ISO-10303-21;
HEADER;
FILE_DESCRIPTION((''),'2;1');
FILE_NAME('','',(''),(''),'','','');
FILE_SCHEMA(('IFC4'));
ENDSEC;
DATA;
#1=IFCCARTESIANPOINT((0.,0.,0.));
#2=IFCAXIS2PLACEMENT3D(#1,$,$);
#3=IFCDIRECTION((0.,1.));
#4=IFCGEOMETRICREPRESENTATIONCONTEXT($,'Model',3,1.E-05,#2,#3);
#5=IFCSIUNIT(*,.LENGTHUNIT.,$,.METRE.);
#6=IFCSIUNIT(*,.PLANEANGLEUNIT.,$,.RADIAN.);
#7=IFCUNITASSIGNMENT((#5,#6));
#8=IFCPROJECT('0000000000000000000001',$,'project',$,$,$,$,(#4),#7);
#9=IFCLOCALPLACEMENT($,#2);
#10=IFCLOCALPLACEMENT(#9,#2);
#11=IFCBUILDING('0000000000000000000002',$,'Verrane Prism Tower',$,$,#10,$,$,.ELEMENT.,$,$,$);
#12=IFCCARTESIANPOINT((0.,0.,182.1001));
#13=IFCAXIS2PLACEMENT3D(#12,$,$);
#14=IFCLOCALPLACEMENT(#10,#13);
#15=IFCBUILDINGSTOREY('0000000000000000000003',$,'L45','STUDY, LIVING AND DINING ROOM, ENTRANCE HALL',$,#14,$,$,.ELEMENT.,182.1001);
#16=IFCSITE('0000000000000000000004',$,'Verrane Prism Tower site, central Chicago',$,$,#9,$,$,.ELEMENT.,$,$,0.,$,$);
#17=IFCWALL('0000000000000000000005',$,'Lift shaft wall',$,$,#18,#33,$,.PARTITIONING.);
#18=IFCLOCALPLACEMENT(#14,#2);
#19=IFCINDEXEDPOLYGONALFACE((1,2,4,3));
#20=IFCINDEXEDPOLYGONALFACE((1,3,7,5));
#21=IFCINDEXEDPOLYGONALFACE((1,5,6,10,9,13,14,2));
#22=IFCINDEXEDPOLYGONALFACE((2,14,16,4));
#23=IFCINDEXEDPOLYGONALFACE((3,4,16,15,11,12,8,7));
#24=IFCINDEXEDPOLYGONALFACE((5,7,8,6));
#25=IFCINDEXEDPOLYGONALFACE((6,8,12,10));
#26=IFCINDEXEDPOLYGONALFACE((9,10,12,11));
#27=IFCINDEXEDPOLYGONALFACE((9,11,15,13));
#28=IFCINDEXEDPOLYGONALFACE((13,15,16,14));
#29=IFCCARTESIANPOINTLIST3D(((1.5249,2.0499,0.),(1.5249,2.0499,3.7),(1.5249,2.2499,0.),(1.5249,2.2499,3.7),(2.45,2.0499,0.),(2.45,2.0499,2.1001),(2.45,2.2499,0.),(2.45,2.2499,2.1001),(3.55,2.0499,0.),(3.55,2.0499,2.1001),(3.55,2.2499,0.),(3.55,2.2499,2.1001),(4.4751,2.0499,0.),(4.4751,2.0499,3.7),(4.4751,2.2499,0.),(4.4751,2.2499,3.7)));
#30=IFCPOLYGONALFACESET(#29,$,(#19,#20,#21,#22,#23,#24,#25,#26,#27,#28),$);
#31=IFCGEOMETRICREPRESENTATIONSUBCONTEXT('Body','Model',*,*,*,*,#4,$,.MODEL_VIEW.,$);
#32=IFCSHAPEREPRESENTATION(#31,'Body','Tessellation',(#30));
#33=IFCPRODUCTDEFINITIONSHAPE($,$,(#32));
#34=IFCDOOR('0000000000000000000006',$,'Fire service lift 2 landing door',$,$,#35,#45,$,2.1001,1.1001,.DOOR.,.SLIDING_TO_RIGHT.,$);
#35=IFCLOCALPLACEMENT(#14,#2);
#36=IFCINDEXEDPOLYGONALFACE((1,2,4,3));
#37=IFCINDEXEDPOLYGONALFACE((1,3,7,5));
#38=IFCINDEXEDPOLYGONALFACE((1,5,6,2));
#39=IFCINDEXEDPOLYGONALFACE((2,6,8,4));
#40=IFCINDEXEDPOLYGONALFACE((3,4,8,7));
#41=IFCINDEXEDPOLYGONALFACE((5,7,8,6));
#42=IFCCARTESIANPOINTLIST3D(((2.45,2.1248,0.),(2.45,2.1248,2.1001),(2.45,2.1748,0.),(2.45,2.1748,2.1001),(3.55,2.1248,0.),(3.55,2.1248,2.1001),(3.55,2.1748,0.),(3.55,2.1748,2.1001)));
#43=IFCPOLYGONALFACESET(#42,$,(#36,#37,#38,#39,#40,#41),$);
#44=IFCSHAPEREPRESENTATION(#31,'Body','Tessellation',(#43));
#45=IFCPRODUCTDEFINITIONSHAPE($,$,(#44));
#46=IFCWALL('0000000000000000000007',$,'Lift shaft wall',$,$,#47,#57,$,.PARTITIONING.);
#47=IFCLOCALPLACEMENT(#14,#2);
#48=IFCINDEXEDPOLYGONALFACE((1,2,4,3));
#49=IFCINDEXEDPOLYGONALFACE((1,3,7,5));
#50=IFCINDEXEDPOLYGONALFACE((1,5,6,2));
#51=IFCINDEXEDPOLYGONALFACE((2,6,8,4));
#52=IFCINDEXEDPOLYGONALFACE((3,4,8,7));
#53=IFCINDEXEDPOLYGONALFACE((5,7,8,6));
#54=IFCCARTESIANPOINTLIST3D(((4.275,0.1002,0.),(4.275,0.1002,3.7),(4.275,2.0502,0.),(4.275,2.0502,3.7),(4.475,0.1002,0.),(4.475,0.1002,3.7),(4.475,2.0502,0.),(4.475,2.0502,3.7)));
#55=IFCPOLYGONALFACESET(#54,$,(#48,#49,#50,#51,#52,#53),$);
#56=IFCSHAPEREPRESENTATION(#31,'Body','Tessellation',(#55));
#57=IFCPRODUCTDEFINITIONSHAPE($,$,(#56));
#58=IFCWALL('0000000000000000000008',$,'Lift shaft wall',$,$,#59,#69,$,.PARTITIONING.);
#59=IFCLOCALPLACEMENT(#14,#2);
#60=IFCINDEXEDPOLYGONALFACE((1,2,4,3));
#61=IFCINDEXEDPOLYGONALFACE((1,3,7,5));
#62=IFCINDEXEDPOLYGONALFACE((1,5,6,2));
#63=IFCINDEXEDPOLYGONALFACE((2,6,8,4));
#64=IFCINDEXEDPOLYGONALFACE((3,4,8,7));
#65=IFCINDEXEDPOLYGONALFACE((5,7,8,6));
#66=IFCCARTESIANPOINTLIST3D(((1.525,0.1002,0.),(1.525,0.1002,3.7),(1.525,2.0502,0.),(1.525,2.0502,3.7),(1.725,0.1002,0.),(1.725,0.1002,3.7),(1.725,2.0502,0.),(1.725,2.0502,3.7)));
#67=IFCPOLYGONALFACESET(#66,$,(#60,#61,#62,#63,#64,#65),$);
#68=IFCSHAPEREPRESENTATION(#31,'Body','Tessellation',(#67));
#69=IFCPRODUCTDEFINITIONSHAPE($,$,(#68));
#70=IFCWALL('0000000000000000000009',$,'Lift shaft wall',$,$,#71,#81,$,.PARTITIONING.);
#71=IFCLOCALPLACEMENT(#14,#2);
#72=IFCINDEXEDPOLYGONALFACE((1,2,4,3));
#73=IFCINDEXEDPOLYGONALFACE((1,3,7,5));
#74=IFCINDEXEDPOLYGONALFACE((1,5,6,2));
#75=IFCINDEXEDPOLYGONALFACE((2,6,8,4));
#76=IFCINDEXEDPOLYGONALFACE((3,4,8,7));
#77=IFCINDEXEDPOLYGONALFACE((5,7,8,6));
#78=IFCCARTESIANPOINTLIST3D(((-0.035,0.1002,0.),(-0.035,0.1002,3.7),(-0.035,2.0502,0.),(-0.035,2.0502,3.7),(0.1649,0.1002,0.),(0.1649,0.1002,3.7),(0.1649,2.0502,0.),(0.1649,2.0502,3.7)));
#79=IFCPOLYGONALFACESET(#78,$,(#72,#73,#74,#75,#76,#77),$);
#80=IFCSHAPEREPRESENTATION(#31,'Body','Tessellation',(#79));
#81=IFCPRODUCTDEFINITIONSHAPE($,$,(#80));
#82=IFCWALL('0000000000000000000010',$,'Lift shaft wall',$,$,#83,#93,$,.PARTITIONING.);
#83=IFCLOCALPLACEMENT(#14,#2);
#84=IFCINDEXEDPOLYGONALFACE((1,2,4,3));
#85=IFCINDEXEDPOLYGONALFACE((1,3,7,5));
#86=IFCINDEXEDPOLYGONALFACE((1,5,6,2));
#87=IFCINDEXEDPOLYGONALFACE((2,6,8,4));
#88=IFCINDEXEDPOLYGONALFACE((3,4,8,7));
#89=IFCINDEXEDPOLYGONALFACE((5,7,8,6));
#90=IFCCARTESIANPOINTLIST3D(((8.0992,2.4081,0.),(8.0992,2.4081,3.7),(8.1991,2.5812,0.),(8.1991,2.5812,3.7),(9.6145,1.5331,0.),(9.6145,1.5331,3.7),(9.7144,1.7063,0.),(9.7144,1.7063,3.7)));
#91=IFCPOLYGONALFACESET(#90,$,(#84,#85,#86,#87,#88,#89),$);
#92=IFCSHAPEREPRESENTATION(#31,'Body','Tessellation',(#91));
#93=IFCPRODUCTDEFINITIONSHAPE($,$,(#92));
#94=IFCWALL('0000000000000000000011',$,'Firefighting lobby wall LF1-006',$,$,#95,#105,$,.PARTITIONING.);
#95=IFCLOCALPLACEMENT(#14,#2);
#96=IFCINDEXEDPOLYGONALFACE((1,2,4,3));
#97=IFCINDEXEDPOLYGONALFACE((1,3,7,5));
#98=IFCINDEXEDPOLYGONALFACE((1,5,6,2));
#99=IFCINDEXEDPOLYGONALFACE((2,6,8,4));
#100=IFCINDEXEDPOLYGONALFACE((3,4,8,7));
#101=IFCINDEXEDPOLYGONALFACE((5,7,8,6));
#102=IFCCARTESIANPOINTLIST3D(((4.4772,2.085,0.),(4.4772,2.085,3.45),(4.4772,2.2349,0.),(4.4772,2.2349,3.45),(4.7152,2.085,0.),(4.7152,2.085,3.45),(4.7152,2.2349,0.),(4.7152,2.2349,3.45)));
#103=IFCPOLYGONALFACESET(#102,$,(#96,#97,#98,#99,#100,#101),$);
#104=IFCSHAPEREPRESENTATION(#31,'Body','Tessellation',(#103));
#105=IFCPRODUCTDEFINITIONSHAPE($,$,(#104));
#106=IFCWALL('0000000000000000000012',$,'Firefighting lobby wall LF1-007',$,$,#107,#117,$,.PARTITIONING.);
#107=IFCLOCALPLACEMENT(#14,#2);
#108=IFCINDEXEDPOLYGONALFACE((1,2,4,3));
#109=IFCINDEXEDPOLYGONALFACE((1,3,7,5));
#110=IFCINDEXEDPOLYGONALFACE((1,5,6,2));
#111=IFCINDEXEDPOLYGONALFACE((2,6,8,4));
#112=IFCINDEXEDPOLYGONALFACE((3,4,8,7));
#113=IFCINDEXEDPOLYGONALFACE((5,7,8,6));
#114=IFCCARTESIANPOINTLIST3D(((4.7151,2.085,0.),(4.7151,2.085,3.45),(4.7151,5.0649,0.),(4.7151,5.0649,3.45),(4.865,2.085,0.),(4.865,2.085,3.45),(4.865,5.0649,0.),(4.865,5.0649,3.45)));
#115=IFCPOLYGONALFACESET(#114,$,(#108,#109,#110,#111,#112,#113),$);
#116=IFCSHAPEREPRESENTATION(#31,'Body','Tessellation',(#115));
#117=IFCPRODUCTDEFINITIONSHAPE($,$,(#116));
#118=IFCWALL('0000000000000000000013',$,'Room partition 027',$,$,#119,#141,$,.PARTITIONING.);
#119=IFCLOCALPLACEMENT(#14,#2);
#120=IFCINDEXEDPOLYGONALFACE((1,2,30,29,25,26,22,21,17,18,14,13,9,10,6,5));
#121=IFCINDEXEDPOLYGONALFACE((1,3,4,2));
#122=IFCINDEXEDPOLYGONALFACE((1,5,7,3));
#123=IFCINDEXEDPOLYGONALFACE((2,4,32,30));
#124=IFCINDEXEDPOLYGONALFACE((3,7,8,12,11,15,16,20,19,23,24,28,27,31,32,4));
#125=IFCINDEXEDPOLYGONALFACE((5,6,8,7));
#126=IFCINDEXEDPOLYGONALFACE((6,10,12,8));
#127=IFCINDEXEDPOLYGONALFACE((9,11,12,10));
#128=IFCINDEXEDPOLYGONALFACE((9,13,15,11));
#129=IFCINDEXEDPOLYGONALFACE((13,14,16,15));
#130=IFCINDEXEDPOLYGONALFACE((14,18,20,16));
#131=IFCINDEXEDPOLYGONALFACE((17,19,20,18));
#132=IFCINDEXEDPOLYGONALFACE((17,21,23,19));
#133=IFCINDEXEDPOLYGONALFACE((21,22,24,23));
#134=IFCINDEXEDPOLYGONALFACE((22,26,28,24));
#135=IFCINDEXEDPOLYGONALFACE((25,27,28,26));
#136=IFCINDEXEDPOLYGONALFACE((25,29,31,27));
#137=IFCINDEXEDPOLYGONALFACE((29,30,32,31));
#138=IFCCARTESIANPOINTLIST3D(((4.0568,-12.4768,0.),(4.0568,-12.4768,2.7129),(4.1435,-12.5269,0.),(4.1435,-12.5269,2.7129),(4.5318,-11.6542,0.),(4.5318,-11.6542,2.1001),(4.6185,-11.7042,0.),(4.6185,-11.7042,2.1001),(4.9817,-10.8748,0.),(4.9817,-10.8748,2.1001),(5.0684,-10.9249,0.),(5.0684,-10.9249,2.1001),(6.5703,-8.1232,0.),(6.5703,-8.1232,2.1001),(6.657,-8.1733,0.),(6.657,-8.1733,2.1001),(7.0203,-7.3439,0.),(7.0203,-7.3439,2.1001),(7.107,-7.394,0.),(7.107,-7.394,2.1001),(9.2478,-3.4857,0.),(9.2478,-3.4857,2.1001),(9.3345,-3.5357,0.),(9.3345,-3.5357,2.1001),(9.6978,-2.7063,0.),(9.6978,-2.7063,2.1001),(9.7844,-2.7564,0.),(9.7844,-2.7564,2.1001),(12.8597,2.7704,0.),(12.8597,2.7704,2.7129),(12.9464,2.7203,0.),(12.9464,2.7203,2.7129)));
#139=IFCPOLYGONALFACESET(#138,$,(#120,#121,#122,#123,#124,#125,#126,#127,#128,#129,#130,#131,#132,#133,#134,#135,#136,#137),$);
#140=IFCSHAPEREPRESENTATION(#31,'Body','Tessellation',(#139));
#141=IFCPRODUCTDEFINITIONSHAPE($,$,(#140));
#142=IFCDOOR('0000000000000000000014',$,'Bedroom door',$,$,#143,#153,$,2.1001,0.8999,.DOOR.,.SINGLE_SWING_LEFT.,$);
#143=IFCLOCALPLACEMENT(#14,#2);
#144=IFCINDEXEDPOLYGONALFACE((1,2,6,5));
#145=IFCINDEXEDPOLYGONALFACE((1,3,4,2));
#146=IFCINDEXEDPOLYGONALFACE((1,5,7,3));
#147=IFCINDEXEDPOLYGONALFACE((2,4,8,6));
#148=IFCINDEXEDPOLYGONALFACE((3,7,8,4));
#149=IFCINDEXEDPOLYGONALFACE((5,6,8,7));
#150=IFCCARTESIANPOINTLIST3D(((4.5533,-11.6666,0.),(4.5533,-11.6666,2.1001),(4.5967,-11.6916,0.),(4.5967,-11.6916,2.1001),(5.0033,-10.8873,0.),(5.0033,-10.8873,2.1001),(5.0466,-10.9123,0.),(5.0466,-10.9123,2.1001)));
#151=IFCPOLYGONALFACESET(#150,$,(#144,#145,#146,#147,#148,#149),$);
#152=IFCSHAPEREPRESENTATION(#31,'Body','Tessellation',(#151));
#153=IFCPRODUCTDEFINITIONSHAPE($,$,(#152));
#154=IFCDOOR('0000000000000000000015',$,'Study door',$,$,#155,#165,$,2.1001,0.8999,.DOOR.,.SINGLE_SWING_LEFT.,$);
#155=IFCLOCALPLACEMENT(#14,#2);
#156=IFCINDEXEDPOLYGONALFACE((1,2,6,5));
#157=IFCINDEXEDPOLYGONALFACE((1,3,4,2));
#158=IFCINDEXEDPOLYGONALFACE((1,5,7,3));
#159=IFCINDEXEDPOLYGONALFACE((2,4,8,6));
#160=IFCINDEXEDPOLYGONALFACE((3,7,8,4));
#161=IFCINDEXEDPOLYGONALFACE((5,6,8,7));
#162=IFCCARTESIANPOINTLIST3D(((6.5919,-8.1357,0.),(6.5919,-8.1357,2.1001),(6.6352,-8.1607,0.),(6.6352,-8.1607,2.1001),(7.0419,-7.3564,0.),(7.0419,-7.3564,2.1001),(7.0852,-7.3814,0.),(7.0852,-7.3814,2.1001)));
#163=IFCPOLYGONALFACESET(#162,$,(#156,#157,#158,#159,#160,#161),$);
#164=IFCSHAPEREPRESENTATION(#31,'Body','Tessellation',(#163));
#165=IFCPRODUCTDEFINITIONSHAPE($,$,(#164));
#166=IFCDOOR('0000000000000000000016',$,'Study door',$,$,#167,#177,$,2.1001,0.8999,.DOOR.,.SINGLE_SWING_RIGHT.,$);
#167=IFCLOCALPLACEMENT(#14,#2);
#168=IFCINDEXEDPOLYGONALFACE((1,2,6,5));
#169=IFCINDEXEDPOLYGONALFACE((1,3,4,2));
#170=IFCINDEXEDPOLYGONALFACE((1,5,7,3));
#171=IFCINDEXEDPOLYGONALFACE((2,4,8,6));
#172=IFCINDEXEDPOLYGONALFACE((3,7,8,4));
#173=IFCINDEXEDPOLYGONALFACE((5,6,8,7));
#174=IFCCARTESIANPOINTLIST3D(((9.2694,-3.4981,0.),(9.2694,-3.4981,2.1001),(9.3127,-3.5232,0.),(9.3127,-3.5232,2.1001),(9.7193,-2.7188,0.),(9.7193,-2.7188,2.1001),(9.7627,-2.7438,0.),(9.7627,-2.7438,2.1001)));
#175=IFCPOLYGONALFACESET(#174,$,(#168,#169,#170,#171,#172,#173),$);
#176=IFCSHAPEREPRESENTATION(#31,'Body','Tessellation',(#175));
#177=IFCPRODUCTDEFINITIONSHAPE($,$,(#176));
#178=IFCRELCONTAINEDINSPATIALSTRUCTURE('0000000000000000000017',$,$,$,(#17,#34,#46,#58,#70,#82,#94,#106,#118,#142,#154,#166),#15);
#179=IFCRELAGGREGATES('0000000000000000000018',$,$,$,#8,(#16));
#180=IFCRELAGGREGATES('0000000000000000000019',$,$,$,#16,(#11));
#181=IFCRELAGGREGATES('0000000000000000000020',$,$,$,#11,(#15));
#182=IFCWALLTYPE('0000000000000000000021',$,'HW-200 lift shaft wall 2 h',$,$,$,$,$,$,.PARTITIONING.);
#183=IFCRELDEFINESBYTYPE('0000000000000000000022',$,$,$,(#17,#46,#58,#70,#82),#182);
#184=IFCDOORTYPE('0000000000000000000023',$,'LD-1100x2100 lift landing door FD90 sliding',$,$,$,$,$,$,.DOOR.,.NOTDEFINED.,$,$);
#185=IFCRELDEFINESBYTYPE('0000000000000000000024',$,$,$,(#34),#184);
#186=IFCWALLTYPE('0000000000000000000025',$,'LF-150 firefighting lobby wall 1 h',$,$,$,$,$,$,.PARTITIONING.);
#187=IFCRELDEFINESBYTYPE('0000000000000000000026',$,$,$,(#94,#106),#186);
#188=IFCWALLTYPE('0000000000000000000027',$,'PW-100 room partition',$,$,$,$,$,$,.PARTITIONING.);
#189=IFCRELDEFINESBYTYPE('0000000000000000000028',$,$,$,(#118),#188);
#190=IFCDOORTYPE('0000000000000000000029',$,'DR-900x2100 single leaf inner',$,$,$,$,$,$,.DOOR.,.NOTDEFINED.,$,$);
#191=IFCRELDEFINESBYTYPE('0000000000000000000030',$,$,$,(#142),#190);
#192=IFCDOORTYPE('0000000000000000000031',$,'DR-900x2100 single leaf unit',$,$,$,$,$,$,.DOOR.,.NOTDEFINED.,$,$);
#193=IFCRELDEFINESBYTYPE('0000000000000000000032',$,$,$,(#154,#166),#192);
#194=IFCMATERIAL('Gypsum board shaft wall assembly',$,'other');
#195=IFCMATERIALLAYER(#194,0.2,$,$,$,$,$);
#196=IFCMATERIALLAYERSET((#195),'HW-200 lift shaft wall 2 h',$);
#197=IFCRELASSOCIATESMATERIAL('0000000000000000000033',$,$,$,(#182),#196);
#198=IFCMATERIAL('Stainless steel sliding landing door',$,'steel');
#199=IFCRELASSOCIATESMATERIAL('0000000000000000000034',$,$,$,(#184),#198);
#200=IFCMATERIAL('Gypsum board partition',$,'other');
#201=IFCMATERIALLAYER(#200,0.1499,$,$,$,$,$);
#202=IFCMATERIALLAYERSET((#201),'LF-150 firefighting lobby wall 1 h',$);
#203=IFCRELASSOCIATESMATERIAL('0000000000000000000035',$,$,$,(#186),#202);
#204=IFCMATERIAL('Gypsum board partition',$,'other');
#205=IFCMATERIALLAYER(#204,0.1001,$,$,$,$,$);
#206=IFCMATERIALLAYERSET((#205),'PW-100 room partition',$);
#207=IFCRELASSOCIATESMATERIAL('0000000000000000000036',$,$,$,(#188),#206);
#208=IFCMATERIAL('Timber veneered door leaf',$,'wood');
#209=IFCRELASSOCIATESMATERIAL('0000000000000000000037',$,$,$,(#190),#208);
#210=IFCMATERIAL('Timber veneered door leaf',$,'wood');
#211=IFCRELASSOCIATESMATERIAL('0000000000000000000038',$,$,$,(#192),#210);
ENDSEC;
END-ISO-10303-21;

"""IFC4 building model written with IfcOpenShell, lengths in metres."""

from ifc_helpers import new_model, si_unit, direction, frame, frame_2d, origin, place, context, subcontext, project, spatial, rectangle, extrude, material, layer, layer_set, type_object, element, fill, save


model = new_model("IFC4")

# Units and contexts
model_context = context("Model", 3, precision=1e-05, world=origin(), true_north=direction((0.0, 1.0)))
body_context = subcontext(model_context, "Body", "Model", "MODEL_VIEW")
ifc_project = project(units=[si_unit("LENGTHUNIT", "METRE"), si_unit("PLANEANGLEUNIT", "RADIAN")], contexts=[model_context])

# Site, building, storey
site_placement = place(None, origin())
site = spatial("IfcSite", under=ifc_project, at=site_placement, Name="Verrane Prism Tower site, central Chicago", CompositionType="ELEMENT", RefElevation=0.0)
building_placement = place(site_placement, origin())
building = spatial("IfcBuilding", under=site, at=building_placement, Name="Verrane Prism Tower", CompositionType="ELEMENT")
storey_placement = place(building_placement, frame((0.0, 0.0, 182.1001)))
storey = spatial("IfcBuildingStorey", under=building, at=storey_placement, Name="L45", Description="STUDY, LIVING AND DINING ROOM, ENTRANCE HALL", CompositionType="ELEMENT", Elevation=182.1001)

# Wall, opening, door
ifc_material_1 = material(Name="Gypsum board shaft wall assembly", Category="other")
ifc_layer_1 = layer(ifc_material_1, 0.2)
ifc_layer_set_1 = layer_set([ifc_layer_1], Name="HW-200 lift shaft wall 2 h")
wall_type_1 = type_object("IfcWallType", Name="HW-200 lift shaft wall 2 h", PredefinedType="PARTITIONING", material=ifc_layer_set_1)
wall_1_placement = place(storey_placement, frame((1.5249, 2.1499, 0.0), z_axis=(0.0, 0.0, 1.0), x_axis=(1.0, 0.0, 0.0)))
wall_1 = element("IfcWall", 1, at=wall_1_placement, inside=storey, type_object=wall_type_1, Name="Lift shaft wall", PredefinedType="PARTITIONING", context=body_context, shape_type="SweptSolid", body=[
    extrude(rectangle(XDim=2.9502, YDim=0.2, at=frame_2d((1.4751, 0.0))), origin(), (0.0, 0.0, 1.0), 3.7),
])
opening_1_placement = place(wall_1_placement, frame((0.925, 0.0, 0.0)))
opening_1 = element("IfcOpeningElement", 2, at=opening_1_placement, cuts=wall_1, PredefinedType="OPENING", context=body_context, shape_type="SweptSolid", body=[
    extrude(rectangle(XDim=1.1001, YDim=2.1001, at=frame_2d((0.55, 1.05))), frame((0.0, 0.1099, 0.0), z_axis=(0.0, -1.0, 0.0), x_axis=(1.0, 0.0, 0.0)), (0.0, 0.0, 1.0), 0.22),
])
ifc_material_2 = material(Name="Stainless steel sliding landing door", Category="steel")
door_type_1 = type_object("IfcDoorType", Name="LD-1100x2100 lift landing door FD90 sliding", OperationType="NOTDEFINED", PredefinedType="DOOR", material=ifc_material_2)
door_1_placement = place(opening_1_placement, origin())
door_1 = element("IfcDoor", 3, at=door_1_placement, inside=storey, type_object=door_type_1, Name="Fire service lift 2 landing door", OperationType="SLIDING_TO_RIGHT", OverallHeight=2.1001, OverallWidth=1.1001, PredefinedType="DOOR", context=body_context, shape_type="SweptSolid", body=[
    extrude(rectangle(XDim=1.1001, YDim=2.1001, at=frame_2d((0.55, 1.05))), frame((0.0, 0.0249, 0.0), z_axis=(0.0, -1.0, 0.0), x_axis=(1.0, 0.0, 0.0)), (0.0, 0.0, 1.0), 0.05),
])
fill(opening_1, door_1)

# Walls
for number, where, z_axis, x_axis, name in (
    (4, (4.375, 0.1001, 0.0), (0.0, 0.0, 1.0), (0.0, 1.0, 0.0), "Lift shaft wall"),
    (5, (1.625, 0.1001, 0.0), (0.0, 0.0, 1.0), (0.0, 1.0, 0.0), "Lift shaft wall"),
    (6, (0.0649, 0.1001, 0.0), (0.0, 0.0, 1.0), (0.0, 1.0, 0.0), "Lift shaft wall"),
):
    element("IfcWall", number, at=place(storey_placement, frame(where, z_axis=z_axis, x_axis=x_axis)), inside=storey, type_object=wall_type_1, Name=name, PredefinedType="PARTITIONING", context=body_context, shape_type="SweptSolid", body=[
        extrude(rectangle(XDim=1.95, YDim=0.2, at=frame_2d((0.9751, 0.0))), origin(), (0.0, 0.0, 1.0), 3.7),
    ])
wall_2_placement = place(storey_placement, frame((9.6646, 1.6196, 0.0), z_axis=(0.0, 0.0, 1.0), x_axis=(-0.866002, 0.50004, 0.0)))
element("IfcWall", 7, at=wall_2_placement, inside=storey, type_object=wall_type_1, Name="Lift shaft wall", PredefinedType="PARTITIONING", context=body_context, shape_type="SweptSolid", body=[
    extrude(rectangle(XDim=1.7498, YDim=0.2, at=frame_2d((0.875, 0.0))), origin(), (0.0, 0.0, 1.0), 3.7),
])
ifc_material_3 = material(Name="Gypsum board partition", Category="other")
ifc_layer_2 = layer(ifc_material_3, 0.1499)
ifc_layer_set_2 = layer_set([ifc_layer_2], Name="LF-150 firefighting lobby wall 1 h")
wall_type_2 = type_object("IfcWallType", Name="LF-150 firefighting lobby wall 1 h", PredefinedType="PARTITIONING", material=ifc_layer_set_2)
wall_3_placement = place(storey_placement, frame((4.4771, 2.1599, 0.0), z_axis=(0.0, 0.0, 1.0), x_axis=(1.0, 0.0, 0.0)))
element("IfcWall", 8, at=wall_3_placement, inside=storey, type_object=wall_type_2, Name="Firefighting lobby wall LF1-006", PredefinedType="PARTITIONING", context=body_context, shape_type="SweptSolid", body=[
    extrude(rectangle(XDim=0.238, YDim=0.1499, at=frame_2d((0.1191, 0.0))), origin(), (0.0, 0.0, 1.0), 3.45),
])
wall_4_placement = place(storey_placement, frame((4.79, 2.085, 0.0), z_axis=(0.0, 0.0, 1.0), x_axis=(0.0, 1.0, 0.0)))
element("IfcWall", 9, at=wall_4_placement, inside=storey, type_object=wall_type_2, Name="Firefighting lobby wall LF1-007", PredefinedType="PARTITIONING", context=body_context, shape_type="SweptSolid", body=[
    extrude(rectangle(XDim=2.98, YDim=0.1499, at=frame_2d((1.49, 0.0))), origin(), (0.0, 0.0, 1.0), 3.45),
])

# Wall, openings, doors
ifc_material_4 = material(Name="Gypsum board partition", Category="other")
ifc_layer_3 = layer(ifc_material_4, 0.1001)
ifc_layer_set_3 = layer_set([ifc_layer_3], Name="PW-100 room partition")
wall_type_3 = type_object("IfcWallType", Name="PW-100 room partition", PredefinedType="PARTITIONING", material=ifc_layer_set_3)
wall_5_placement = place(storey_placement, frame((12.9031, 2.7454, 0.0), z_axis=(0.0, 0.0, 1.0), x_axis=(-0.499997, -0.866027, 0.0)))
wall_5 = element("IfcWall", 10, at=wall_5_placement, inside=storey, type_object=wall_type_3, Name="Room partition 027", PredefinedType="PARTITIONING", context=body_context, shape_type="SweptSolid", body=[
    extrude(rectangle(XDim=17.606, YDim=0.1001, at=frame_2d((8.803, 0.0))), origin(), (0.0, 0.0, 1.0), 2.7129),
])
opening_2_placement = place(wall_5_placement, frame((15.7561, 0.0, 0.0)))
opening_2 = element("IfcOpeningElement", 11, at=opening_2_placement, cuts=wall_5, PredefinedType="OPENING", context=body_context, shape_type="SweptSolid", body=[
    extrude(rectangle(XDim=0.8999, YDim=2.1001, at=frame_2d((0.45, 1.05))), frame((0.0, 0.0601, 0.0), z_axis=(0.0, -1.0, 0.0), x_axis=(1.0, 0.0, 0.0)), (0.0, 0.0, 1.0), 0.1201),
])
opening_3_placement = place(wall_5_placement, frame((11.679, 0.0, 0.0)))
opening_3 = element("IfcOpeningElement", 12, at=opening_3_placement, cuts=wall_5, PredefinedType="OPENING", context=body_context, shape_type="SweptSolid", body=[
    extrude(rectangle(XDim=0.8999, YDim=2.1001, at=frame_2d((0.45, 1.05))), frame((0.0, 0.0601, 0.0), z_axis=(0.0, -1.0, 0.0), x_axis=(1.0, 0.0, 0.0)), (0.0, 0.0, 1.0), 0.1201),
])
opening_4_placement = place(wall_5_placement, frame((6.324, 0.0, 0.0)))
opening_4 = element("IfcOpeningElement", 13, at=opening_4_placement, cuts=wall_5, PredefinedType="OPENING", context=body_context, shape_type="SweptSolid", body=[
    extrude(rectangle(XDim=0.8999, YDim=2.1001, at=frame_2d((0.45, 1.05))), frame((0.0, 0.0601, 0.0), z_axis=(0.0, -1.0, 0.0), x_axis=(1.0, 0.0, 0.0)), (0.0, 0.0, 1.0), 0.1201),
])
ifc_material_5 = material(Name="Timber veneered door leaf", Category="wood")
door_type_2 = type_object("IfcDoorType", Name="DR-900x2100 single leaf inner", OperationType="NOTDEFINED", PredefinedType="DOOR", material=ifc_material_5)
door_2_placement = place(opening_2_placement, origin())
door_2 = element("IfcDoor", 14, at=door_2_placement, inside=storey, type_object=door_type_2, Name="Bedroom door", OperationType="SINGLE_SWING_LEFT", OverallHeight=2.1001, OverallWidth=0.8999, PredefinedType="DOOR", context=body_context, shape_type="SweptSolid", body=[
    extrude(rectangle(XDim=0.8999, YDim=2.1001, at=frame_2d((0.45, 1.05))), frame((0.0, 0.0249, 0.0), z_axis=(0.0, -1.0, 0.0), x_axis=(1.0, 0.0, 0.0)), (0.0, 0.0, 1.0), 0.05),
])
fill(opening_2, door_2)
ifc_material_6 = material(Name="Timber veneered door leaf", Category="wood")
door_type_3 = type_object("IfcDoorType", Name="DR-900x2100 single leaf unit", OperationType="NOTDEFINED", PredefinedType="DOOR", material=ifc_material_6)
door_3_placement = place(opening_3_placement, origin())
door_3 = element("IfcDoor", 15, at=door_3_placement, inside=storey, type_object=door_type_3, Name="Study door", OperationType="SINGLE_SWING_LEFT", OverallHeight=2.1001, OverallWidth=0.8999, PredefinedType="DOOR", context=body_context, shape_type="SweptSolid", body=[
    extrude(rectangle(XDim=0.8999, YDim=2.1001, at=frame_2d((0.45, 1.05))), frame((0.0, 0.0249, 0.0), z_axis=(0.0, -1.0, 0.0), x_axis=(1.0, 0.0, 0.0)), (0.0, 0.0, 1.0), 0.05),
])
fill(opening_3, door_3)
door_4_placement = place(opening_4_placement, origin())
door_4 = element("IfcDoor", 16, at=door_4_placement, inside=storey, type_object=door_type_3, Name="Study door", OperationType="SINGLE_SWING_RIGHT", OverallHeight=2.1001, OverallWidth=0.8999, PredefinedType="DOOR", context=body_context, shape_type="SweptSolid", body=[
    extrude(rectangle(XDim=0.8999, YDim=2.1001, at=frame_2d((0.45, 1.05))), frame((0.0, 0.0249, 0.0), z_axis=(0.0, -1.0, 0.0), x_axis=(1.0, 0.0, 0.0)), (0.0, 0.0, 1.0), 0.05),
])
fill(opening_4, door_4)

save(model, "model.ifc")
